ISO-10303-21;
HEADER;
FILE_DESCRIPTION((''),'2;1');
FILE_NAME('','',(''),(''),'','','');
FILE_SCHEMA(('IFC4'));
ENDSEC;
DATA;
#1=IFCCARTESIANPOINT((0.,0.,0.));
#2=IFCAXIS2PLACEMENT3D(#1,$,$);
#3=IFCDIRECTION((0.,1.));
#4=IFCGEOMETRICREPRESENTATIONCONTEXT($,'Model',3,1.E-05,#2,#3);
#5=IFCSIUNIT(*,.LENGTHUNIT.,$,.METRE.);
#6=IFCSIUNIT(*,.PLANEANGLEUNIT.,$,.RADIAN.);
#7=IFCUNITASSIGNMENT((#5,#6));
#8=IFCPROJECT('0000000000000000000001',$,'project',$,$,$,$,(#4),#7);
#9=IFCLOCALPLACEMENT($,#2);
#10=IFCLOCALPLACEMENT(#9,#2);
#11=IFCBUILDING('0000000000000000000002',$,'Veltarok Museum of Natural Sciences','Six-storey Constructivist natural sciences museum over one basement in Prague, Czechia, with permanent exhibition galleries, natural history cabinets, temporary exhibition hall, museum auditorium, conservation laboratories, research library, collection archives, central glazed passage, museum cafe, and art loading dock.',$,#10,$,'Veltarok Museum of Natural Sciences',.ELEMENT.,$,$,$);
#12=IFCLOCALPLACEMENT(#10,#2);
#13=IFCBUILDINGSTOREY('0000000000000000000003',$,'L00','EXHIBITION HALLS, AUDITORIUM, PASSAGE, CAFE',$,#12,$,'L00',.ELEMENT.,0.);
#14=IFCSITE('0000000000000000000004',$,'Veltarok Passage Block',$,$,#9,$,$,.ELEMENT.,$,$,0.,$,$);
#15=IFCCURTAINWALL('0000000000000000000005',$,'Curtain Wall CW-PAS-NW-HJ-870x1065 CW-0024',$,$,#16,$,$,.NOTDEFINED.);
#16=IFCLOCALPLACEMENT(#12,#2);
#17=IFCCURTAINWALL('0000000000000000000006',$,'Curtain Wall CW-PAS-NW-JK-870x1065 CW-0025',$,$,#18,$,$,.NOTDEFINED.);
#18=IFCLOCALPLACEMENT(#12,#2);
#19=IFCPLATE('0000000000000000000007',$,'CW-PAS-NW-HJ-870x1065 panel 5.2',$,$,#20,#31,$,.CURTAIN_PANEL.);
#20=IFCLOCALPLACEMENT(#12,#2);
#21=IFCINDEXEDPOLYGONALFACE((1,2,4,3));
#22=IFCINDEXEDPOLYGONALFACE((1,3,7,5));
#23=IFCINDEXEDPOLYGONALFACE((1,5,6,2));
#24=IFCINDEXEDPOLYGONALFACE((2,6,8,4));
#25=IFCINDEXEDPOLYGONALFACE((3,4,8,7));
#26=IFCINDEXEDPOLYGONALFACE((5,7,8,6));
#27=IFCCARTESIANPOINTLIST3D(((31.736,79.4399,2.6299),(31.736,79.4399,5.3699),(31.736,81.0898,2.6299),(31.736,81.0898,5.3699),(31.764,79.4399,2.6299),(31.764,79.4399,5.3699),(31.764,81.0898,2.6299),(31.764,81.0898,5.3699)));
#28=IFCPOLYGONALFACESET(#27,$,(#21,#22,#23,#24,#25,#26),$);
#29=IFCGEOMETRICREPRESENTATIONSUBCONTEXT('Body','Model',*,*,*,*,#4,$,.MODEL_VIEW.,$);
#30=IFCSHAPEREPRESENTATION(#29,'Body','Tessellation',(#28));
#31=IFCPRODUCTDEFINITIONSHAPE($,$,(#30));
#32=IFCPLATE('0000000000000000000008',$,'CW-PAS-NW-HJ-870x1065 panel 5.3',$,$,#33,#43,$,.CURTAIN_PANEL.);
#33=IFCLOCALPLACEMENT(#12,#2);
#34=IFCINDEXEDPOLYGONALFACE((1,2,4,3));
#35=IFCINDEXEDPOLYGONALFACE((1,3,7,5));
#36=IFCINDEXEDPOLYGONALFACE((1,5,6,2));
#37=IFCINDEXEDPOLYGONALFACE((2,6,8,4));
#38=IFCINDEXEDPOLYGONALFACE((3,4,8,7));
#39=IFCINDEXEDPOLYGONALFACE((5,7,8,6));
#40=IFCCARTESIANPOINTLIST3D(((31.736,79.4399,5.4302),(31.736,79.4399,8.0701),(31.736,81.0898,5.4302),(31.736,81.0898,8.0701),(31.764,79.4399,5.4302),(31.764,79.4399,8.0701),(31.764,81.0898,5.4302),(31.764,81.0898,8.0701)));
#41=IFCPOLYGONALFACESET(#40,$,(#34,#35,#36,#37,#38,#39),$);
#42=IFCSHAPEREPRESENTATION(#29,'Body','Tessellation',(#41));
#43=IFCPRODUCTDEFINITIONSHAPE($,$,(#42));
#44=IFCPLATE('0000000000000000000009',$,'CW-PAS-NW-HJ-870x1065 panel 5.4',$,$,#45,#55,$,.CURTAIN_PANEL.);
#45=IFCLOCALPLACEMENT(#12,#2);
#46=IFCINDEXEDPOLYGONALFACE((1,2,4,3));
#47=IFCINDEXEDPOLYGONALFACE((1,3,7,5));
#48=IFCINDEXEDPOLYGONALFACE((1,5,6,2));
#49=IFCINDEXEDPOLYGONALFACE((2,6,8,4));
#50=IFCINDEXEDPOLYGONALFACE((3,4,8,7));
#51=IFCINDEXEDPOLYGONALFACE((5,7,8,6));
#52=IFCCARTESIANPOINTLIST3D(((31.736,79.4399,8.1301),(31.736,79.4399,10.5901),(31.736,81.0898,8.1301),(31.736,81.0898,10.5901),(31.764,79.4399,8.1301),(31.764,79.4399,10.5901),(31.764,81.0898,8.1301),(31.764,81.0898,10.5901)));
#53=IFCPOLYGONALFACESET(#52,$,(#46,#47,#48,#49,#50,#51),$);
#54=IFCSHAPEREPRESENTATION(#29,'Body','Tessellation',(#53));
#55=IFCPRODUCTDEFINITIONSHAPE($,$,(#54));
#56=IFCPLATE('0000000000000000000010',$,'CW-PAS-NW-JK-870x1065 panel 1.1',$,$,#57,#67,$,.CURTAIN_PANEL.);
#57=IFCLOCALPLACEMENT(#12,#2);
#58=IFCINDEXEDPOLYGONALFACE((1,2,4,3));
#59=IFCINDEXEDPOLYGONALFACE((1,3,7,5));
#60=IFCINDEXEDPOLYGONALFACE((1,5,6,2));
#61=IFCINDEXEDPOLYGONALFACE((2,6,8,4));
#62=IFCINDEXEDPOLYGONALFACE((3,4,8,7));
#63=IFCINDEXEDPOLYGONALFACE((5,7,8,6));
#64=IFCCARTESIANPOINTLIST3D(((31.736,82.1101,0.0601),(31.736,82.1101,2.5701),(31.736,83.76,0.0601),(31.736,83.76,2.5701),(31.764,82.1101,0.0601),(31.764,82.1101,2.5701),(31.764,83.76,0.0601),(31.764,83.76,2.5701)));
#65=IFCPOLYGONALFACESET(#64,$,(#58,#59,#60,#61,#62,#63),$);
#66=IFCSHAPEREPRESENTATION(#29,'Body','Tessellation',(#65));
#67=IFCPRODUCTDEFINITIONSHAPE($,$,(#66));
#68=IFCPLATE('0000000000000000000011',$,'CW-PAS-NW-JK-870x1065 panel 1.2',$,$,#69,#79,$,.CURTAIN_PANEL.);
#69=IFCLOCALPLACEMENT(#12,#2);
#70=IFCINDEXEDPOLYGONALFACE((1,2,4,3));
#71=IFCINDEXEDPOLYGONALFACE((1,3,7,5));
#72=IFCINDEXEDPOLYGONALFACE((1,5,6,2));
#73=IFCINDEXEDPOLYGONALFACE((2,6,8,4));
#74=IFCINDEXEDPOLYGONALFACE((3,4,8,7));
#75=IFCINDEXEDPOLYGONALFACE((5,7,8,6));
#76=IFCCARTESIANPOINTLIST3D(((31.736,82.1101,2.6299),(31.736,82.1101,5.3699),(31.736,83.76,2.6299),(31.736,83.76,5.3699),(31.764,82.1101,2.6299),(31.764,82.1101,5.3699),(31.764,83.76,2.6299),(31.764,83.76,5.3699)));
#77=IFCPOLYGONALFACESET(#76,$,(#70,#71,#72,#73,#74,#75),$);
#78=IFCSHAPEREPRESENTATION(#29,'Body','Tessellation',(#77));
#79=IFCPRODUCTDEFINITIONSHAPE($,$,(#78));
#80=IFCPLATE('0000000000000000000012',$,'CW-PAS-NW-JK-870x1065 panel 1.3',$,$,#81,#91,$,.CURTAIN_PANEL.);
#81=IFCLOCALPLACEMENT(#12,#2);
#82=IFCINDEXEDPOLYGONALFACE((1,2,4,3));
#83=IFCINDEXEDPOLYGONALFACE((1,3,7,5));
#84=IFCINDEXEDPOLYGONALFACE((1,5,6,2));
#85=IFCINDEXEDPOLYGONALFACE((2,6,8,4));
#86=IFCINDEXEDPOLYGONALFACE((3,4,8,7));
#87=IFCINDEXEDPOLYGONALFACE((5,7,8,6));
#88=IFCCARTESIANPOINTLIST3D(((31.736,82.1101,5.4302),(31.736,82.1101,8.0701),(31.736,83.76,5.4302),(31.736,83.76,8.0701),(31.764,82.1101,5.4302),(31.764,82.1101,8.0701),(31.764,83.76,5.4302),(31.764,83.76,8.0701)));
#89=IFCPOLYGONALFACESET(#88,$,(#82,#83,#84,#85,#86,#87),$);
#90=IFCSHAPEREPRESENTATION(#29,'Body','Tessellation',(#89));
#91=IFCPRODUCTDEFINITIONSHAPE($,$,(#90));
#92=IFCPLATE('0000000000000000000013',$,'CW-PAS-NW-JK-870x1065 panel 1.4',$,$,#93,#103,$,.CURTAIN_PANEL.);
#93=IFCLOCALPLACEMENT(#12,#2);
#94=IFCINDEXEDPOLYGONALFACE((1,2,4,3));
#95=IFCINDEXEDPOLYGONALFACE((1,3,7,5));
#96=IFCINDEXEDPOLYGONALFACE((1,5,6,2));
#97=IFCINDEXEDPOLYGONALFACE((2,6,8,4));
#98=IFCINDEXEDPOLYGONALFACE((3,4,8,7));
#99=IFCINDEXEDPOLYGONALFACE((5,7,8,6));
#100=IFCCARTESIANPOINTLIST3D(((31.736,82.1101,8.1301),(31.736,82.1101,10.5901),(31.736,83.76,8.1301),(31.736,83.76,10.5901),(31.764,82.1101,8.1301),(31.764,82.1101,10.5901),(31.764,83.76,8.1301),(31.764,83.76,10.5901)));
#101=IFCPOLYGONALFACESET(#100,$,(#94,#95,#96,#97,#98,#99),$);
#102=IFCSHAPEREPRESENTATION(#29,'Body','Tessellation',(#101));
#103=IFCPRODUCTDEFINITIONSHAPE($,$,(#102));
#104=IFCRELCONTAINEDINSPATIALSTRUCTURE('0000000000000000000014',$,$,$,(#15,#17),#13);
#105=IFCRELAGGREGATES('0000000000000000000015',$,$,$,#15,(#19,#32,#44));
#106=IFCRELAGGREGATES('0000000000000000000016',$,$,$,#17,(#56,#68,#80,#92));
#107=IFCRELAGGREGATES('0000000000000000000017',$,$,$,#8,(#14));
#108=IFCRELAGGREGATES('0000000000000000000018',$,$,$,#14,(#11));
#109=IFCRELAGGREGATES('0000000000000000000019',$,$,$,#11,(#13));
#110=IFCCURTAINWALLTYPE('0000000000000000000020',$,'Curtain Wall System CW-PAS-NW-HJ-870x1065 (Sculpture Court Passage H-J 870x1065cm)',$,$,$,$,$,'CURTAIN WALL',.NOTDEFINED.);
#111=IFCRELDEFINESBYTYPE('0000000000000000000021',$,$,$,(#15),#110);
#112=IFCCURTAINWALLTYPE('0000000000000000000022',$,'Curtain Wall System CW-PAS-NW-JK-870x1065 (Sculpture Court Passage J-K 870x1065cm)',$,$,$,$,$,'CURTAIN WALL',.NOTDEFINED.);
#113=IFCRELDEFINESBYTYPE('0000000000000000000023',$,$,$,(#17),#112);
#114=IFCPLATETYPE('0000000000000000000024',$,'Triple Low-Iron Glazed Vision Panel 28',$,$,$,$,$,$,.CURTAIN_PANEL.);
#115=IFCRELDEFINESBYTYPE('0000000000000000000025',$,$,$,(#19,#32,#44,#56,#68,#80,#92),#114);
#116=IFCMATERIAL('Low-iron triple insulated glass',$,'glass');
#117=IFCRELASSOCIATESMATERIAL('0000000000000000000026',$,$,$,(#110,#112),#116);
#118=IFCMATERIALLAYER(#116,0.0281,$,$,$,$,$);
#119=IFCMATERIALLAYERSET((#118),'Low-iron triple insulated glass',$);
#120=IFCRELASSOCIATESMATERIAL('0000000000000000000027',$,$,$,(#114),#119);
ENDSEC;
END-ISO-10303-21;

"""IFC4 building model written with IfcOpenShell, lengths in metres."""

from ifc_helpers import new_model, si_unit, direction, frame, origin, origin_2d, place, context, subcontext, project, spatial, rectangle, extrude, material, layer, layer_set, type_object, element, aggregate, save


model = new_model("IFC4")

# Units and contexts
model_context = context("Model", 3, precision=1e-05, world=origin(), true_north=direction((0.0, 1.0)))
body_context = subcontext(model_context, "Body", "Model", "MODEL_VIEW")
ifc_project = project(units=[si_unit("LENGTHUNIT", "METRE"), si_unit("PLANEANGLEUNIT", "RADIAN")], contexts=[model_context])

# Site, building, storey
site_placement = place(None, origin())
site = spatial("IfcSite", under=ifc_project, at=site_placement, Name="Veltarok Passage Block", CompositionType="ELEMENT", RefElevation=0.0)
building_placement = place(site_placement, origin())
building = spatial("IfcBuilding", under=site, at=building_placement, Name="Veltarok Museum of Natural Sciences", Description="Six-storey Constructivist natural sciences museum over one basement in Prague, Czechia, with permanent exhibition galleries, natural history cabinets, temporary exhibition hall, museum auditorium, conservation laboratories, research library, collection archives, central glazed passage, museum cafe, and art loading dock.", LongName="Veltarok Museum of Natural Sciences", CompositionType="ELEMENT")
storey_placement = place(building_placement, origin())
storey = spatial("IfcBuildingStorey", under=building, at=storey_placement, Name="L00", Description="EXHIBITION HALLS, AUDITORIUM, PASSAGE, CAFE", LongName="L00", CompositionType="ELEMENT", Elevation=0.0)

# Curtain walls
ifc_material_1 = material(Name="Low-iron triple insulated glass", Category="glass")
curtain_wall_type_1 = type_object("IfcCurtainWallType", Name="Curtain Wall System CW-PAS-NW-HJ-870x1065 (Sculpture Court Passage H-J 870x1065cm)", ElementType="CURTAIN WALL", PredefinedType="NOTDEFINED", material=ifc_material_1)
curtain_wall_1_placement = place(storey_placement, origin())
curtain_wall_1 = element("IfcCurtainWall", 1, at=curtain_wall_1_placement, inside=storey, type_object=curtain_wall_type_1, Name="Curtain Wall CW-PAS-NW-HJ-870x1065 CW-0024", PredefinedType="NOTDEFINED")
curtain_wall_type_2 = type_object("IfcCurtainWallType", Name="Curtain Wall System CW-PAS-NW-JK-870x1065 (Sculpture Court Passage J-K 870x1065cm)", ElementType="CURTAIN WALL", PredefinedType="NOTDEFINED", material=ifc_material_1)
curtain_wall_2_placement = place(storey_placement, origin())
curtain_wall_2 = element("IfcCurtainWall", 2, at=curtain_wall_2_placement, inside=storey, type_object=curtain_wall_type_2, Name="Curtain Wall CW-PAS-NW-JK-870x1065 CW-0025", PredefinedType="NOTDEFINED")

# Plates
ifc_layer = layer(ifc_material_1, 0.0281)
ifc_layer_set = layer_set([ifc_layer], Name="Low-iron triple insulated glass")
plate_type = type_object("IfcPlateType", Name="Triple Low-Iron Glazed Vision Panel 28", PredefinedType="CURTAIN_PANEL", material=ifc_layer_set)
plate_1_placement = place(storey_placement, frame((31.75, 80.2649, 2.6299), z_axis=(0.0, 0.0, 1.0), x_axis=(0.0, 1.0, 0.0)))
plate_1 = element("IfcPlate", 3, at=plate_1_placement, type_object=plate_type, Name="CW-PAS-NW-HJ-870x1065 panel 5.2", PredefinedType="CURTAIN_PANEL", context=body_context, shape_type="SweptSolid", body=[
    extrude(rectangle(XDim=1.6499, YDim=0.0281, at=origin_2d()), origin(), (0.0, 0.0, 1.0), 2.74),
])
plate_2_placement = place(storey_placement, frame((31.75, 80.2649, 5.4302), z_axis=(0.0, 0.0, 1.0), x_axis=(0.0, 1.0, 0.0)))
plate_2 = element("IfcPlate", 4, at=plate_2_placement, type_object=plate_type, Name="CW-PAS-NW-HJ-870x1065 panel 5.3", PredefinedType="CURTAIN_PANEL", context=body_context, shape_type="SweptSolid", body=[
    extrude(rectangle(XDim=1.6499, YDim=0.0281, at=origin_2d()), origin(), (0.0, 0.0, 1.0), 2.6399),
])
plate_3_placement = place(storey_placement, frame((31.75, 80.2649, 8.1301), z_axis=(0.0, 0.0, 1.0), x_axis=(0.0, 1.0, 0.0)))
plate_3 = element("IfcPlate", 5, at=plate_3_placement, type_object=plate_type, Name="CW-PAS-NW-HJ-870x1065 panel 5.4", PredefinedType="CURTAIN_PANEL", context=body_context, shape_type="SweptSolid", body=[
    extrude(rectangle(XDim=1.6499, YDim=0.0281, at=origin_2d()), origin(), (0.0, 0.0, 1.0), 2.46),
])
aggregate(curtain_wall_1, [plate_1, plate_2, plate_3])
plate_4_placement = place(storey_placement, frame((31.75, 82.9351, 0.0601), z_axis=(0.0, 0.0, 1.0), x_axis=(0.0, 1.0, 0.0)))
plate_4 = element("IfcPlate", 6, at=plate_4_placement, type_object=plate_type, Name="CW-PAS-NW-JK-870x1065 panel 1.1", PredefinedType="CURTAIN_PANEL", context=body_context, shape_type="SweptSolid", body=[
    extrude(rectangle(XDim=1.6499, YDim=0.0281, at=origin_2d()), origin(), (0.0, 0.0, 1.0), 2.51),
])
plate_5_placement = place(storey_placement, frame((31.75, 82.9351, 2.6299), z_axis=(0.0, 0.0, 1.0), x_axis=(0.0, 1.0, 0.0)))
plate_5 = element("IfcPlate", 7, at=plate_5_placement, type_object=plate_type, Name="CW-PAS-NW-JK-870x1065 panel 1.2", PredefinedType="CURTAIN_PANEL", context=body_context, shape_type="SweptSolid", body=[
    extrude(rectangle(XDim=1.6499, YDim=0.0281, at=origin_2d()), origin(), (0.0, 0.0, 1.0), 2.74),
])
plate_6_placement = place(storey_placement, frame((31.75, 82.9351, 5.4302), z_axis=(0.0, 0.0, 1.0), x_axis=(0.0, 1.0, 0.0)))
plate_6 = element("IfcPlate", 8, at=plate_6_placement, type_object=plate_type, Name="CW-PAS-NW-JK-870x1065 panel 1.3", PredefinedType="CURTAIN_PANEL", context=body_context, shape_type="SweptSolid", body=[
    extrude(rectangle(XDim=1.6499, YDim=0.0281, at=origin_2d()), origin(), (0.0, 0.0, 1.0), 2.6399),
])
plate_7_placement = place(storey_placement, frame((31.75, 82.9351, 8.1301), z_axis=(0.0, 0.0, 1.0), x_axis=(0.0, 1.0, 0.0)))
plate_7 = element("IfcPlate", 9, at=plate_7_placement, type_object=plate_type, Name="CW-PAS-NW-JK-870x1065 panel 1.4", PredefinedType="CURTAIN_PANEL", context=body_context, shape_type="SweptSolid", body=[
    extrude(rectangle(XDim=1.6499, YDim=0.0281, at=origin_2d()), origin(), (0.0, 0.0, 1.0), 2.46),
])
aggregate(curtain_wall_2, [plate_4, plate_5, plate_6, plate_7])

save(model, "model.ifc")
